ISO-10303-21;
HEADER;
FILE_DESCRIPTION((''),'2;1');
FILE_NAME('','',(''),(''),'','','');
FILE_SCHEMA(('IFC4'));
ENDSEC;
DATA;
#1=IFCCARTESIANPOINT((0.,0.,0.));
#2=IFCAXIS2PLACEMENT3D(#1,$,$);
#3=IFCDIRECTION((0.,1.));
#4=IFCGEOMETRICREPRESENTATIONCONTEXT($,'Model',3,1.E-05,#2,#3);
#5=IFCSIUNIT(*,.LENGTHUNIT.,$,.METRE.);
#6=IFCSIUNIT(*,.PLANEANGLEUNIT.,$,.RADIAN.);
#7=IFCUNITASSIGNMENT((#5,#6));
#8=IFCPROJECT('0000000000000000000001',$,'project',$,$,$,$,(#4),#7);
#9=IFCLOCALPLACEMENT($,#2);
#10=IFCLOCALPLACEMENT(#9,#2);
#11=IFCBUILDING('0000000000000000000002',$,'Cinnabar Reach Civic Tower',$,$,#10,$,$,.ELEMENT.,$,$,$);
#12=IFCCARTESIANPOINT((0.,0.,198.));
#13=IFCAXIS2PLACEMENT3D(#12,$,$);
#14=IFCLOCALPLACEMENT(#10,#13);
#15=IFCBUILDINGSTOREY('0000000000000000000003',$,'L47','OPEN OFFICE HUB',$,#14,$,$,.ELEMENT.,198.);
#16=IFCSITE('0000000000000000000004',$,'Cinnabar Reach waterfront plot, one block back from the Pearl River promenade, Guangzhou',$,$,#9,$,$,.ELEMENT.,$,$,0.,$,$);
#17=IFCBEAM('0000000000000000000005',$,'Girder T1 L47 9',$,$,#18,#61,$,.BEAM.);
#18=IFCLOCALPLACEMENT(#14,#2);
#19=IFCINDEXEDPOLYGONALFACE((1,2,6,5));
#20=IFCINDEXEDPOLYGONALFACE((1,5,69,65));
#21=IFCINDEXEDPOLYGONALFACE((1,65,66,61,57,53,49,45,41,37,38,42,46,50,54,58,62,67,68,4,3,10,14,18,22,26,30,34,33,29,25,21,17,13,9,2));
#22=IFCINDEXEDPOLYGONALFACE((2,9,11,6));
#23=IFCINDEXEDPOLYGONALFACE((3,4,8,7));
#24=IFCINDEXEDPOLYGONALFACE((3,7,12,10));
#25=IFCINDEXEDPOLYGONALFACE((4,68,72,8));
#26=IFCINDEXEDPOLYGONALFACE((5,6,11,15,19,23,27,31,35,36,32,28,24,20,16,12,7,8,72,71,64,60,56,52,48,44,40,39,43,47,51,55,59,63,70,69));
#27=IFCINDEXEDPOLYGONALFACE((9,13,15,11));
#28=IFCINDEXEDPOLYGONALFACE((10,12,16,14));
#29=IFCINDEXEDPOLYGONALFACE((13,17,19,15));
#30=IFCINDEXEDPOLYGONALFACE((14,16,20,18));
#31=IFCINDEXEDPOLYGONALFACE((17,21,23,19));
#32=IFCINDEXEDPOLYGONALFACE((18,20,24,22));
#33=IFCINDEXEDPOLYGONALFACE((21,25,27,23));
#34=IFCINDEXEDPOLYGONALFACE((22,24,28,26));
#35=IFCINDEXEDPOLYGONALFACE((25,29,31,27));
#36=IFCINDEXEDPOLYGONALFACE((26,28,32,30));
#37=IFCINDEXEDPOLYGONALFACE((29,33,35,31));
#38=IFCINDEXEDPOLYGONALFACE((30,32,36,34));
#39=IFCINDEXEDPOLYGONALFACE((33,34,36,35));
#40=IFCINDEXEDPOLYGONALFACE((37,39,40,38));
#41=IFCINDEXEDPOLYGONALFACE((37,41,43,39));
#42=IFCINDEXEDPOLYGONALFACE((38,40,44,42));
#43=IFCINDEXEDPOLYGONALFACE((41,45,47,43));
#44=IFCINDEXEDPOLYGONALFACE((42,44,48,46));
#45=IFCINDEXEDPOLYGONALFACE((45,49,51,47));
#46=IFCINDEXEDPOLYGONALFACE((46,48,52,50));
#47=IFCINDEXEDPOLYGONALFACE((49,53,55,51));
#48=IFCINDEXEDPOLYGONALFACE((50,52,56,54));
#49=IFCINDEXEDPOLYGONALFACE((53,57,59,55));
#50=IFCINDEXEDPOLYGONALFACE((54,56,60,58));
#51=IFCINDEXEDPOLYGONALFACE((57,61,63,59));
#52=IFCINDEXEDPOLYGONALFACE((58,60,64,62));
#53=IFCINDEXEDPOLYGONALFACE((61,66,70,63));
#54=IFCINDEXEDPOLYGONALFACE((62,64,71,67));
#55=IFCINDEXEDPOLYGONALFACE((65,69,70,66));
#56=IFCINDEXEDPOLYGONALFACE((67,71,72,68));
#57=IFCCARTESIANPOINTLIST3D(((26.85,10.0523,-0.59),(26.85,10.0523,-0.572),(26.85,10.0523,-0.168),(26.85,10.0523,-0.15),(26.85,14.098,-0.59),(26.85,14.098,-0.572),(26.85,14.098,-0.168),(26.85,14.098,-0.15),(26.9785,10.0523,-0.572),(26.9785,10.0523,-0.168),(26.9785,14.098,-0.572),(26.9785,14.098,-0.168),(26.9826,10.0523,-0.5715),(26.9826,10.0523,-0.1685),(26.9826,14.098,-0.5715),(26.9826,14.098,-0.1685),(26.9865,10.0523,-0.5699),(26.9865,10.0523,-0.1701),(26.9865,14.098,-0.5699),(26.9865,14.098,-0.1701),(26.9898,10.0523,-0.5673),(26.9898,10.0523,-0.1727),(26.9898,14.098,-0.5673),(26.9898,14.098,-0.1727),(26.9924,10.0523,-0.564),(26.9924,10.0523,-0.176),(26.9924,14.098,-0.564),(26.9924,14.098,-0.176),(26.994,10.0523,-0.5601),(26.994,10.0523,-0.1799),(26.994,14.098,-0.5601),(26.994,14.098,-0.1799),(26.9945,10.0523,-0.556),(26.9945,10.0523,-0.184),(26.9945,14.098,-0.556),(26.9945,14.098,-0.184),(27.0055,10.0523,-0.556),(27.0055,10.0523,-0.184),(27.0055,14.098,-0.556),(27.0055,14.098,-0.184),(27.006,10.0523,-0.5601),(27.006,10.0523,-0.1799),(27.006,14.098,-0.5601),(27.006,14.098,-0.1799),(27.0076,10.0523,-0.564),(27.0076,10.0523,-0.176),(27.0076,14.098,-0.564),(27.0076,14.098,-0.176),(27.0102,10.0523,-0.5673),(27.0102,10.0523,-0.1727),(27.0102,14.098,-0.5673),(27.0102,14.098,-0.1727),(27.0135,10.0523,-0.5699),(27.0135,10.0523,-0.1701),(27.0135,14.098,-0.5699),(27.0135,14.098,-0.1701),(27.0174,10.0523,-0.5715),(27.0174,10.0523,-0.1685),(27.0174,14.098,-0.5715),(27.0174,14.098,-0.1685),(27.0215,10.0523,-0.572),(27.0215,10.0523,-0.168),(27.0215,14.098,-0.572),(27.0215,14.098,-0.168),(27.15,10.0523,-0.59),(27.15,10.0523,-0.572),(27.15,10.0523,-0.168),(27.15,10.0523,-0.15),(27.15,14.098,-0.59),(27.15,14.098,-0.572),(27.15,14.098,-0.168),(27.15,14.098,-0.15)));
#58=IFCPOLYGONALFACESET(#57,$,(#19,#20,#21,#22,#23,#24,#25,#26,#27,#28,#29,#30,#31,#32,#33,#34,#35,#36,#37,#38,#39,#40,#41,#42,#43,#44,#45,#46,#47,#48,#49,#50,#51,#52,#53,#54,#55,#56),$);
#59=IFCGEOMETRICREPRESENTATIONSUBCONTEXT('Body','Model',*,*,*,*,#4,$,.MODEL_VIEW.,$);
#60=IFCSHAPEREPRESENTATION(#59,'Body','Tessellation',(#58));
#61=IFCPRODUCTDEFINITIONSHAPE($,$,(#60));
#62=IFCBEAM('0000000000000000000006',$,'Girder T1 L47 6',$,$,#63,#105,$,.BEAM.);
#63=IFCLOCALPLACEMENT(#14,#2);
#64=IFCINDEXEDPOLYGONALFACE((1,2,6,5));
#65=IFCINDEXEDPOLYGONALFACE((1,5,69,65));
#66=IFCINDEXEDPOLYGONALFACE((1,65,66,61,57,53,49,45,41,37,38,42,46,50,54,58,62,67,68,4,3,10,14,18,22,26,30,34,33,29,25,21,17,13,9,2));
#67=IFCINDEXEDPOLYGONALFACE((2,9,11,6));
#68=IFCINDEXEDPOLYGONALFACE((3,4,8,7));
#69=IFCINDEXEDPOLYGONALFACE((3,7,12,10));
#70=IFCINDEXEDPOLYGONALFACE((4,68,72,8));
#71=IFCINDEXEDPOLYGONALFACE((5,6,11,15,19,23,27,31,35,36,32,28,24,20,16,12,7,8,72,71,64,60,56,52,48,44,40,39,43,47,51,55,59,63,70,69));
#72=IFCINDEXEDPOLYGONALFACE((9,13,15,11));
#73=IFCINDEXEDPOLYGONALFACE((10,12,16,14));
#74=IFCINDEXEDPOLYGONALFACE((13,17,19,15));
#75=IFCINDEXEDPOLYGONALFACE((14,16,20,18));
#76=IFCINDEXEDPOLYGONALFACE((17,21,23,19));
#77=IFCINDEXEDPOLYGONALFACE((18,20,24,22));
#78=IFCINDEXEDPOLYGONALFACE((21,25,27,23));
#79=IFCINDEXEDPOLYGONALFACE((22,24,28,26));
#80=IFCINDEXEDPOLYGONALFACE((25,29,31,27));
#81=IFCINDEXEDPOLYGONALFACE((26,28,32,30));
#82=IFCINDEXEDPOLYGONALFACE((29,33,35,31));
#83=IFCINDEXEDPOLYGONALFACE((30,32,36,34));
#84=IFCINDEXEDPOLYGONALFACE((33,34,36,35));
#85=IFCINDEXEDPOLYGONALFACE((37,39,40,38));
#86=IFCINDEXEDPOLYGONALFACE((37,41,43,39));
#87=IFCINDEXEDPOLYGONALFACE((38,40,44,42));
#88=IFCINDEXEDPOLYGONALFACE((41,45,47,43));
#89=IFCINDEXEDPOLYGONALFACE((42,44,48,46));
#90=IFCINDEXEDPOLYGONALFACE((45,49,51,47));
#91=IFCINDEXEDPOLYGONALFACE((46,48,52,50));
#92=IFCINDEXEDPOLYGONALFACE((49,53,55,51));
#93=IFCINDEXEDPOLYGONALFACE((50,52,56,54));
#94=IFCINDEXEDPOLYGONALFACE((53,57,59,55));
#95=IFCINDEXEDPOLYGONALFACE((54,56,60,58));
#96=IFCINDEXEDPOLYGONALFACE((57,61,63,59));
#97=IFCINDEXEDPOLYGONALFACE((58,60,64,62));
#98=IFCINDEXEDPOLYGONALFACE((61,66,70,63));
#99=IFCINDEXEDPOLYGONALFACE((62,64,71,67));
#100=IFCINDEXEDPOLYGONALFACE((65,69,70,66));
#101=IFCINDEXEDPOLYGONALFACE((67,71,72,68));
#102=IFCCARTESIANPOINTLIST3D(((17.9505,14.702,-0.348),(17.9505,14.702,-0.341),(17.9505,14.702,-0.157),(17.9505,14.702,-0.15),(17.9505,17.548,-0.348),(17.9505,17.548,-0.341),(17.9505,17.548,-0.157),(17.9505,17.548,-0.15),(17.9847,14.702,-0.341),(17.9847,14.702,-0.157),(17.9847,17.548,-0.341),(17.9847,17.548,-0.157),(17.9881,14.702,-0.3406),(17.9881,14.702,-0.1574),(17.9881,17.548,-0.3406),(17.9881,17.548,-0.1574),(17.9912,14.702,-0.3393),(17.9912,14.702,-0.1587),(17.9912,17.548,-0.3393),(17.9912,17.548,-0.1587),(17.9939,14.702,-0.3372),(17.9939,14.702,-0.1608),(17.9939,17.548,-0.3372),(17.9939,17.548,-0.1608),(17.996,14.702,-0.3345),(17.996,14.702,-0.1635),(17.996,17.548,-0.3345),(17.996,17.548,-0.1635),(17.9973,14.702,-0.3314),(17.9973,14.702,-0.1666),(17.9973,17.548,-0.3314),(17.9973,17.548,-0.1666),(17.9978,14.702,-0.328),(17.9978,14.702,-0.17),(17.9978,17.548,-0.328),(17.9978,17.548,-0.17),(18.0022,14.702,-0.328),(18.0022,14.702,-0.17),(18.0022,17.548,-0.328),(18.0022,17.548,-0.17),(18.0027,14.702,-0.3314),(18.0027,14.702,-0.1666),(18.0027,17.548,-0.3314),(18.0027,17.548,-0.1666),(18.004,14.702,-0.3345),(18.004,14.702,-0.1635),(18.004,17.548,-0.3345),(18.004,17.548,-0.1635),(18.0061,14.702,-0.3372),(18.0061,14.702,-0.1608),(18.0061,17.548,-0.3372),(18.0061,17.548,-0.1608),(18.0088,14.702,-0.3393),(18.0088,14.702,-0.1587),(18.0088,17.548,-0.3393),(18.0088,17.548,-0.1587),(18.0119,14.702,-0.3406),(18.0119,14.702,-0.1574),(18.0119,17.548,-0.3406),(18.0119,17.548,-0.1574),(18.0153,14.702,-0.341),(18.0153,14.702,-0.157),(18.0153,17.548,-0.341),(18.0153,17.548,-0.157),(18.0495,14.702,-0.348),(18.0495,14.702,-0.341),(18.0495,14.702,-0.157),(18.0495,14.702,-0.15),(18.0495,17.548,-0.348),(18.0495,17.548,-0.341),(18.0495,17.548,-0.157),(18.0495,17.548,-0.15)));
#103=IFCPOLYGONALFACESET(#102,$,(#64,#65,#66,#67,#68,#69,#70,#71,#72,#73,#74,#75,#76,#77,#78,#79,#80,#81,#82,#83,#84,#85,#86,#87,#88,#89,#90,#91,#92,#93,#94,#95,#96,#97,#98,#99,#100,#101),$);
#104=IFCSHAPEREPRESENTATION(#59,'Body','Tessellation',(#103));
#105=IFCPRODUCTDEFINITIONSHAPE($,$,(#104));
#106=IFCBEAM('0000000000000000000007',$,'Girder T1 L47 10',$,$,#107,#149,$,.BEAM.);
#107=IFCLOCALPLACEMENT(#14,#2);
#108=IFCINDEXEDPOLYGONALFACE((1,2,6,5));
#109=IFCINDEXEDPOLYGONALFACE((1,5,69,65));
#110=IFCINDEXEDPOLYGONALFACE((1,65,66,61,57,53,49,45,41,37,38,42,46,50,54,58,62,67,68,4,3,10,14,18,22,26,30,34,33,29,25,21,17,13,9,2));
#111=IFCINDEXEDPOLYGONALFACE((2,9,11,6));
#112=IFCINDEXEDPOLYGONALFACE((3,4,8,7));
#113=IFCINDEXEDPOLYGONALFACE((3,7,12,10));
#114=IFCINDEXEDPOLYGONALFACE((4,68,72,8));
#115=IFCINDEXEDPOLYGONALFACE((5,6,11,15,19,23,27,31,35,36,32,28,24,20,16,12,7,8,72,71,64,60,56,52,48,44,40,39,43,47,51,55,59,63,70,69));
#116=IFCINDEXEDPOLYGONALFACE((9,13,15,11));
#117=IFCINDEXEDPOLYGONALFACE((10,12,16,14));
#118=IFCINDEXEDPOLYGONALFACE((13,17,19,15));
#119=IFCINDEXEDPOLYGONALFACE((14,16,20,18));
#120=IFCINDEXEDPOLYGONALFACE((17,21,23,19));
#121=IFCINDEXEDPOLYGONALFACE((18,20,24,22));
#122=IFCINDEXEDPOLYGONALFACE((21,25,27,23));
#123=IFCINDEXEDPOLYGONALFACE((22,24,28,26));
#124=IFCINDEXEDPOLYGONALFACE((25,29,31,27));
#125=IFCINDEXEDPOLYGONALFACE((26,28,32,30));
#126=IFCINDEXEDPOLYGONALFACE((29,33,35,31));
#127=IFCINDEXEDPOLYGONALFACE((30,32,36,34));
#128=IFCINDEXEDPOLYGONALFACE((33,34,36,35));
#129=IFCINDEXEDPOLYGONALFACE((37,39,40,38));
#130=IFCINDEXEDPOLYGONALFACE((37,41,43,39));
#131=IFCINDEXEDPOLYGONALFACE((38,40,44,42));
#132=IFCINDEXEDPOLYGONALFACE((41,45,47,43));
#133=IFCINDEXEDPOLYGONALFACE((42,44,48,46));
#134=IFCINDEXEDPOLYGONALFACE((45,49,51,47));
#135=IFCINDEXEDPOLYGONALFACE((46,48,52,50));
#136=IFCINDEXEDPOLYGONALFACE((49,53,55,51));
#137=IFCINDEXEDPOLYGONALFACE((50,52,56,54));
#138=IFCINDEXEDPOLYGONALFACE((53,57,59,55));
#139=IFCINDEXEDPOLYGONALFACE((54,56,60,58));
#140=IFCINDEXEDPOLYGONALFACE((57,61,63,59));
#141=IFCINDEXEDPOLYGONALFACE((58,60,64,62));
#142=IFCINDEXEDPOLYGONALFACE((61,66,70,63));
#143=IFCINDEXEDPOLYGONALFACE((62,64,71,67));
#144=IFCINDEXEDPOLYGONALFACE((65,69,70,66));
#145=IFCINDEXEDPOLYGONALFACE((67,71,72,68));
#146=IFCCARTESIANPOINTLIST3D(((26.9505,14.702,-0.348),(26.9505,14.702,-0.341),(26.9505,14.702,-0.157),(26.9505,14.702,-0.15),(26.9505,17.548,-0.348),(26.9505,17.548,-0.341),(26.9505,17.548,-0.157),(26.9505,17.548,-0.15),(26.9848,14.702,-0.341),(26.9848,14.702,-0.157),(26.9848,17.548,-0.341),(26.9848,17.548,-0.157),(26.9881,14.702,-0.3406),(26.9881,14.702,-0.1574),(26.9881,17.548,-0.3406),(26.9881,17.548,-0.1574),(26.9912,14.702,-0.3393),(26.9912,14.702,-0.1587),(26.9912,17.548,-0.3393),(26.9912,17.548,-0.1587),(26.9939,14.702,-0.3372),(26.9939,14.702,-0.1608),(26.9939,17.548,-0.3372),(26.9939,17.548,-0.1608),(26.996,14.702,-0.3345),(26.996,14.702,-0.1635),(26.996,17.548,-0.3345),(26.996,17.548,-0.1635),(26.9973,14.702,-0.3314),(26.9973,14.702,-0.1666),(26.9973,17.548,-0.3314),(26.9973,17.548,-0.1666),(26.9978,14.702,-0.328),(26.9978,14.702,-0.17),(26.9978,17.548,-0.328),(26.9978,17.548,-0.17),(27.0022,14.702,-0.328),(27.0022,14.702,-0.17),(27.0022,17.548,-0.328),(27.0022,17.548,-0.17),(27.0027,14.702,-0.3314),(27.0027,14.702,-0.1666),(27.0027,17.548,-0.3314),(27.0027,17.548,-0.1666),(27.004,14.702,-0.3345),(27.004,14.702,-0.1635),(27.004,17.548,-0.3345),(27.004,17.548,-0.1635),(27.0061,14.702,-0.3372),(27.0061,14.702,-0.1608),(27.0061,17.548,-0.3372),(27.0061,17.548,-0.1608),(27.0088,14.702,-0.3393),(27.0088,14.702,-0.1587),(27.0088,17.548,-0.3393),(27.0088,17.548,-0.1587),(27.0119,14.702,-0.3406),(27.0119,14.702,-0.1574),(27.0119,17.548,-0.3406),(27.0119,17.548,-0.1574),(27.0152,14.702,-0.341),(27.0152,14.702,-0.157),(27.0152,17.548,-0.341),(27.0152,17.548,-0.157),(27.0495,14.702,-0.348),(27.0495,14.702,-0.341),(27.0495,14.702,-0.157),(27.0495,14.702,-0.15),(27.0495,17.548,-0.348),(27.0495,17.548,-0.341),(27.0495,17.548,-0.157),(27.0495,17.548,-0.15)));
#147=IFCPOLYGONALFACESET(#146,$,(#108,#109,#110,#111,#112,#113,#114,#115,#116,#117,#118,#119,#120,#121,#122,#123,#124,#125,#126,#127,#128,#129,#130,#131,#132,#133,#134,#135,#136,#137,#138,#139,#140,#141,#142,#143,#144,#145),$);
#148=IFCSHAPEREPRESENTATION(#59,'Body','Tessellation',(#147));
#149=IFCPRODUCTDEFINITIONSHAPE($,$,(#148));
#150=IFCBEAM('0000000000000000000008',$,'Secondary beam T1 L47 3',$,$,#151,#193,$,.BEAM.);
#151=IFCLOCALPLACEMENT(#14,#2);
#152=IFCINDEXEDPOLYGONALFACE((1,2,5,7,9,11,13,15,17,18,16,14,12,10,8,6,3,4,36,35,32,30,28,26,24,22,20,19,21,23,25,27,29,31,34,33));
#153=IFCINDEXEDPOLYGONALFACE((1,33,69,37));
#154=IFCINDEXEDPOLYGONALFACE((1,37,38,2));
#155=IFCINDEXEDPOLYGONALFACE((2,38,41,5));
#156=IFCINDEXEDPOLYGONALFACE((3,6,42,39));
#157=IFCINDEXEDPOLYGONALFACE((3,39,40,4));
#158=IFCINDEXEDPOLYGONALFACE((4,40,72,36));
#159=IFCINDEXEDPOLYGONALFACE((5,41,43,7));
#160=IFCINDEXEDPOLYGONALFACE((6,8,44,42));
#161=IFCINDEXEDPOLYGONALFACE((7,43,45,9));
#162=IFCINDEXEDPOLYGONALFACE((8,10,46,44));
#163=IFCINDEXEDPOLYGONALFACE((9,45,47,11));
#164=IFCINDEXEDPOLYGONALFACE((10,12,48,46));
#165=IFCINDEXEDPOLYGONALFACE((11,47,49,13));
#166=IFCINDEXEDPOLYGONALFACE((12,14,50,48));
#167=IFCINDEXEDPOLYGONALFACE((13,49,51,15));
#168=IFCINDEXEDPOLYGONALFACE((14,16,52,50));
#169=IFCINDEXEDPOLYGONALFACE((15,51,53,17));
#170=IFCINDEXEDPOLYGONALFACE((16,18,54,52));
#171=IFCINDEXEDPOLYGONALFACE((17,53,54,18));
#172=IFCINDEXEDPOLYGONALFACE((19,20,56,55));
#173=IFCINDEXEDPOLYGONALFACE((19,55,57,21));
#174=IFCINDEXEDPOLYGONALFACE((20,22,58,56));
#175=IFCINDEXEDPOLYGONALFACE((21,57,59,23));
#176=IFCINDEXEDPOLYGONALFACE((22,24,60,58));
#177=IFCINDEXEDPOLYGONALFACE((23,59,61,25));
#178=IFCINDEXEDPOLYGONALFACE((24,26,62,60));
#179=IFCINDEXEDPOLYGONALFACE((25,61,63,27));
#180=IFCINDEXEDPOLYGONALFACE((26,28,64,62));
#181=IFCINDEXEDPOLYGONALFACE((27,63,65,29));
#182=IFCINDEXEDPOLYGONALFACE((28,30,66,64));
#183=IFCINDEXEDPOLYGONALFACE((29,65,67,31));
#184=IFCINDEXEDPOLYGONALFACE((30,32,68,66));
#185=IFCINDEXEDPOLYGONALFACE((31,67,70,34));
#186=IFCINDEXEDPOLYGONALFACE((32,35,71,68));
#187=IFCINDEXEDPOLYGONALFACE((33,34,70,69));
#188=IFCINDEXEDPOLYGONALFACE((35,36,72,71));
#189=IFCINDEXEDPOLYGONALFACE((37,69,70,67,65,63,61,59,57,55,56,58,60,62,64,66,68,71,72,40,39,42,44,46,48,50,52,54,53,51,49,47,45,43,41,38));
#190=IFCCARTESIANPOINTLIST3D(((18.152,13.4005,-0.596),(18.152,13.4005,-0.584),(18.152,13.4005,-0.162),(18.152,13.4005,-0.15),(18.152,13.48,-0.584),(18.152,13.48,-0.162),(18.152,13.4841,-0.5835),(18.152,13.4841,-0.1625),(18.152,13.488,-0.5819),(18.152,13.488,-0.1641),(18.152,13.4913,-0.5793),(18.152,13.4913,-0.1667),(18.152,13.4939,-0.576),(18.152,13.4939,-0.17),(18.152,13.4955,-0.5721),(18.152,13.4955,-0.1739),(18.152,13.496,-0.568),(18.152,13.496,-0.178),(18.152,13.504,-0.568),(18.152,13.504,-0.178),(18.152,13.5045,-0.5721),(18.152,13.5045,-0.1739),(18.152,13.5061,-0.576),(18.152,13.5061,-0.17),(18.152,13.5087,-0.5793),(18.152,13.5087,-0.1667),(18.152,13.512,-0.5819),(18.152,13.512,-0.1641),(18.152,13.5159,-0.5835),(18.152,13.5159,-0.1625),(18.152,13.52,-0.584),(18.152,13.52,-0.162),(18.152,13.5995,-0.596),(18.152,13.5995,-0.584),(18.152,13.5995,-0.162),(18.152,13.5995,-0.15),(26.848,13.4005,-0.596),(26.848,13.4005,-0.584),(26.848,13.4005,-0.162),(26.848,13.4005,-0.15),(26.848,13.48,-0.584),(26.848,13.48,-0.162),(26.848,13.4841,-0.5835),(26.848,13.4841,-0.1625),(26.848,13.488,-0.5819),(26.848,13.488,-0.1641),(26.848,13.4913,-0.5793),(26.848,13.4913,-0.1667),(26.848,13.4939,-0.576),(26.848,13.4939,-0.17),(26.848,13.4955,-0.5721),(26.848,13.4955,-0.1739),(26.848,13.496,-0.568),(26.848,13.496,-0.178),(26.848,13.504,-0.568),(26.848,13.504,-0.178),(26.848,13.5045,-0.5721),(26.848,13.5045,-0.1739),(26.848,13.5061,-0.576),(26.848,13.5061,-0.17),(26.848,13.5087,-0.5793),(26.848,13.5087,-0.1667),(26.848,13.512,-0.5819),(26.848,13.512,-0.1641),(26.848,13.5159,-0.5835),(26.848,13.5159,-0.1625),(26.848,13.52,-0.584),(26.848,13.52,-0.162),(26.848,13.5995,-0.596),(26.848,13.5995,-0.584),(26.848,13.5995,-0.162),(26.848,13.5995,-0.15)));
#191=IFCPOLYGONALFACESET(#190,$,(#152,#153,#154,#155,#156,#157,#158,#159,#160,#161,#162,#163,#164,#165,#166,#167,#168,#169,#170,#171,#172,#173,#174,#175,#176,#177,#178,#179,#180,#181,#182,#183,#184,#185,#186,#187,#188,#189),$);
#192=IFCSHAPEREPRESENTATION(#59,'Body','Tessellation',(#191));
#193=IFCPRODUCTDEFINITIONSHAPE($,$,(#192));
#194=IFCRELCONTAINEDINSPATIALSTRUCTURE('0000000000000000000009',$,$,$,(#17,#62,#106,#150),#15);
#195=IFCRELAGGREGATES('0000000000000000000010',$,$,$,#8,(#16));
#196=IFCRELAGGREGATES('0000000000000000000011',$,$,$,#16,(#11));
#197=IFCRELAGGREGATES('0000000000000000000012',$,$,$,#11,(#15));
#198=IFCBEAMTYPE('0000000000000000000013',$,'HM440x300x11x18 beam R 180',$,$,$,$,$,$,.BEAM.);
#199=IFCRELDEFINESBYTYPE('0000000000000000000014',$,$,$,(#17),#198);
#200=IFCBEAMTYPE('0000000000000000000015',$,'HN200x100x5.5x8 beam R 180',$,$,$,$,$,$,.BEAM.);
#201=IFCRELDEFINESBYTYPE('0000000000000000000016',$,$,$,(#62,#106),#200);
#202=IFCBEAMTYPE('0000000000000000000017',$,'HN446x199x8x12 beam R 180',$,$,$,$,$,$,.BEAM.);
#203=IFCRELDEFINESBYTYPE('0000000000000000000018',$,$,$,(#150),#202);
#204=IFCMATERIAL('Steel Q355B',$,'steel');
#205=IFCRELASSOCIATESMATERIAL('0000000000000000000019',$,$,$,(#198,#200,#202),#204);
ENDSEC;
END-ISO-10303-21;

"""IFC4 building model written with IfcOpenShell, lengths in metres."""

from ifc_helpers import new_model, si_unit, direction, frame, origin, origin_2d, place, context, subcontext, project, spatial, i_section, extrude, material, material_profile, profile_set, type_object, element, save


model = new_model("IFC4")

# Units and contexts
model_context = context("Model", 3, precision=1e-05, world=origin(), true_north=direction((0.0, 1.0)))
body_context = subcontext(model_context, "Body", "Model", "MODEL_VIEW")
ifc_project = project(units=[si_unit("LENGTHUNIT", "METRE"), si_unit("PLANEANGLEUNIT", "RADIAN")], contexts=[model_context])

# Site, building, storey
site_placement = place(None, origin())
site = spatial("IfcSite", under=ifc_project, at=site_placement, Name="Cinnabar Reach waterfront plot, one block back from the Pearl River promenade, Guangzhou", CompositionType="ELEMENT", RefElevation=0.0)
building_placement = place(site_placement, origin())
building = spatial("IfcBuilding", under=site, at=building_placement, Name="Cinnabar Reach Civic Tower", CompositionType="ELEMENT")
storey_placement = place(building_placement, frame((0.0, 0.0, 198.0)))
storey = spatial("IfcBuildingStorey", under=building, at=storey_placement, Name="L47", Description="OPEN OFFICE HUB", CompositionType="ELEMENT", Elevation=198.0)

# Beams
ifc_material_1 = material(Name="Steel Q355B", Category="steel")
ifc_material_profile_1 = material_profile(ifc_material_1, i_section(OverallWidth=0.3, OverallDepth=0.44, WebThickness=0.011, FlangeThickness=0.018, FilletRadius=0.016, at=origin_2d()), Name="HM440x300x11x18")
ifc_profile_set_1 = profile_set([ifc_material_profile_1], Name="Steel Q355B")
beam_type_1 = type_object("IfcBeamType", Name="HM440x300x11x18 beam R 180", PredefinedType="BEAM", material=ifc_profile_set_1)
beam_1_placement = place(storey_placement, frame((27.0, 10.0523, -0.37), z_axis=(0.0, 1.0, 0.0), x_axis=(-1.0, 0.0, 0.0)))
element("IfcBeam", 1, at=beam_1_placement, inside=storey, type_object=beam_type_1, Name="Girder T1 L47 9", PredefinedType="BEAM", context=body_context, shape_type="SweptSolid", body=[
    extrude(i_section(OverallWidth=0.3, OverallDepth=0.44, WebThickness=0.011, FlangeThickness=0.018, FilletRadius=0.016, at=origin_2d()), origin(), (0.0, 0.0, 1.0), 4.0457),
])
ifc_material_profile_2 = material_profile(ifc_material_1, i_section(OverallWidth=0.099, OverallDepth=0.198, WebThickness=0.0045, FlangeThickness=0.007, FilletRadius=0.013, at=origin_2d()), Name="HN200x100x5.5x8")
ifc_profile_set_2 = profile_set([ifc_material_profile_2], Name="Steel Q355B")
beam_type_2 = type_object("IfcBeamType", Name="HN200x100x5.5x8 beam R 180", PredefinedType="BEAM", material=ifc_profile_set_2)
for number, where, z_axis, x_axis, name in (
    (2, (18.0, 14.702, -0.249), (0.0, 1.0, 0.0), (-1.0, 0.0, 0.0), "Girder T1 L47 6"),
    (3, (27.0, 14.702, -0.249), (0.0, 1.0, 0.0), (-1.0, 0.0, 0.0), "Girder T1 L47 10"),
):
    element("IfcBeam", number, at=place(storey_placement, frame(where, z_axis=z_axis, x_axis=x_axis)), inside=storey, type_object=beam_type_2, Name=name, PredefinedType="BEAM", context=body_context, shape_type="SweptSolid", body=[
        extrude(i_section(OverallWidth=0.099, OverallDepth=0.198, WebThickness=0.0045, FlangeThickness=0.007, FilletRadius=0.013, at=origin_2d()), origin(), (0.0, 0.0, 1.0), 2.846),
    ])
ifc_material_profile_3 = material_profile(ifc_material_1, i_section(OverallWidth=0.199, OverallDepth=0.446, WebThickness=0.008, FlangeThickness=0.012, FilletRadius=0.016, at=origin_2d()), Name="HN446x199x8x12")
ifc_profile_set_3 = profile_set([ifc_material_profile_3], Name="Steel Q355B")
beam_type_3 = type_object("IfcBeamType", Name="HN446x199x8x12 beam R 180", PredefinedType="BEAM", material=ifc_profile_set_3)
for number, where, z_axis, x_axis, name in (
    (4, (18.152, 13.5, -0.373), (1.0, 0.0, 0.0), (0.0, 1.0, 0.0), "Secondary beam T1 L47 3"),
):
    element("IfcBeam", number, at=place(storey_placement, frame(where, z_axis=z_axis, x_axis=x_axis)), inside=storey, type_object=beam_type_3, Name=name, PredefinedType="BEAM", context=body_context, shape_type="SweptSolid", body=[
        extrude(i_section(OverallWidth=0.199, OverallDepth=0.446, WebThickness=0.008, FlangeThickness=0.012, FilletRadius=0.016, at=origin_2d()), origin(), (0.0, 0.0, 1.0), 8.696),
    ])

save(model, "model.ifc")
